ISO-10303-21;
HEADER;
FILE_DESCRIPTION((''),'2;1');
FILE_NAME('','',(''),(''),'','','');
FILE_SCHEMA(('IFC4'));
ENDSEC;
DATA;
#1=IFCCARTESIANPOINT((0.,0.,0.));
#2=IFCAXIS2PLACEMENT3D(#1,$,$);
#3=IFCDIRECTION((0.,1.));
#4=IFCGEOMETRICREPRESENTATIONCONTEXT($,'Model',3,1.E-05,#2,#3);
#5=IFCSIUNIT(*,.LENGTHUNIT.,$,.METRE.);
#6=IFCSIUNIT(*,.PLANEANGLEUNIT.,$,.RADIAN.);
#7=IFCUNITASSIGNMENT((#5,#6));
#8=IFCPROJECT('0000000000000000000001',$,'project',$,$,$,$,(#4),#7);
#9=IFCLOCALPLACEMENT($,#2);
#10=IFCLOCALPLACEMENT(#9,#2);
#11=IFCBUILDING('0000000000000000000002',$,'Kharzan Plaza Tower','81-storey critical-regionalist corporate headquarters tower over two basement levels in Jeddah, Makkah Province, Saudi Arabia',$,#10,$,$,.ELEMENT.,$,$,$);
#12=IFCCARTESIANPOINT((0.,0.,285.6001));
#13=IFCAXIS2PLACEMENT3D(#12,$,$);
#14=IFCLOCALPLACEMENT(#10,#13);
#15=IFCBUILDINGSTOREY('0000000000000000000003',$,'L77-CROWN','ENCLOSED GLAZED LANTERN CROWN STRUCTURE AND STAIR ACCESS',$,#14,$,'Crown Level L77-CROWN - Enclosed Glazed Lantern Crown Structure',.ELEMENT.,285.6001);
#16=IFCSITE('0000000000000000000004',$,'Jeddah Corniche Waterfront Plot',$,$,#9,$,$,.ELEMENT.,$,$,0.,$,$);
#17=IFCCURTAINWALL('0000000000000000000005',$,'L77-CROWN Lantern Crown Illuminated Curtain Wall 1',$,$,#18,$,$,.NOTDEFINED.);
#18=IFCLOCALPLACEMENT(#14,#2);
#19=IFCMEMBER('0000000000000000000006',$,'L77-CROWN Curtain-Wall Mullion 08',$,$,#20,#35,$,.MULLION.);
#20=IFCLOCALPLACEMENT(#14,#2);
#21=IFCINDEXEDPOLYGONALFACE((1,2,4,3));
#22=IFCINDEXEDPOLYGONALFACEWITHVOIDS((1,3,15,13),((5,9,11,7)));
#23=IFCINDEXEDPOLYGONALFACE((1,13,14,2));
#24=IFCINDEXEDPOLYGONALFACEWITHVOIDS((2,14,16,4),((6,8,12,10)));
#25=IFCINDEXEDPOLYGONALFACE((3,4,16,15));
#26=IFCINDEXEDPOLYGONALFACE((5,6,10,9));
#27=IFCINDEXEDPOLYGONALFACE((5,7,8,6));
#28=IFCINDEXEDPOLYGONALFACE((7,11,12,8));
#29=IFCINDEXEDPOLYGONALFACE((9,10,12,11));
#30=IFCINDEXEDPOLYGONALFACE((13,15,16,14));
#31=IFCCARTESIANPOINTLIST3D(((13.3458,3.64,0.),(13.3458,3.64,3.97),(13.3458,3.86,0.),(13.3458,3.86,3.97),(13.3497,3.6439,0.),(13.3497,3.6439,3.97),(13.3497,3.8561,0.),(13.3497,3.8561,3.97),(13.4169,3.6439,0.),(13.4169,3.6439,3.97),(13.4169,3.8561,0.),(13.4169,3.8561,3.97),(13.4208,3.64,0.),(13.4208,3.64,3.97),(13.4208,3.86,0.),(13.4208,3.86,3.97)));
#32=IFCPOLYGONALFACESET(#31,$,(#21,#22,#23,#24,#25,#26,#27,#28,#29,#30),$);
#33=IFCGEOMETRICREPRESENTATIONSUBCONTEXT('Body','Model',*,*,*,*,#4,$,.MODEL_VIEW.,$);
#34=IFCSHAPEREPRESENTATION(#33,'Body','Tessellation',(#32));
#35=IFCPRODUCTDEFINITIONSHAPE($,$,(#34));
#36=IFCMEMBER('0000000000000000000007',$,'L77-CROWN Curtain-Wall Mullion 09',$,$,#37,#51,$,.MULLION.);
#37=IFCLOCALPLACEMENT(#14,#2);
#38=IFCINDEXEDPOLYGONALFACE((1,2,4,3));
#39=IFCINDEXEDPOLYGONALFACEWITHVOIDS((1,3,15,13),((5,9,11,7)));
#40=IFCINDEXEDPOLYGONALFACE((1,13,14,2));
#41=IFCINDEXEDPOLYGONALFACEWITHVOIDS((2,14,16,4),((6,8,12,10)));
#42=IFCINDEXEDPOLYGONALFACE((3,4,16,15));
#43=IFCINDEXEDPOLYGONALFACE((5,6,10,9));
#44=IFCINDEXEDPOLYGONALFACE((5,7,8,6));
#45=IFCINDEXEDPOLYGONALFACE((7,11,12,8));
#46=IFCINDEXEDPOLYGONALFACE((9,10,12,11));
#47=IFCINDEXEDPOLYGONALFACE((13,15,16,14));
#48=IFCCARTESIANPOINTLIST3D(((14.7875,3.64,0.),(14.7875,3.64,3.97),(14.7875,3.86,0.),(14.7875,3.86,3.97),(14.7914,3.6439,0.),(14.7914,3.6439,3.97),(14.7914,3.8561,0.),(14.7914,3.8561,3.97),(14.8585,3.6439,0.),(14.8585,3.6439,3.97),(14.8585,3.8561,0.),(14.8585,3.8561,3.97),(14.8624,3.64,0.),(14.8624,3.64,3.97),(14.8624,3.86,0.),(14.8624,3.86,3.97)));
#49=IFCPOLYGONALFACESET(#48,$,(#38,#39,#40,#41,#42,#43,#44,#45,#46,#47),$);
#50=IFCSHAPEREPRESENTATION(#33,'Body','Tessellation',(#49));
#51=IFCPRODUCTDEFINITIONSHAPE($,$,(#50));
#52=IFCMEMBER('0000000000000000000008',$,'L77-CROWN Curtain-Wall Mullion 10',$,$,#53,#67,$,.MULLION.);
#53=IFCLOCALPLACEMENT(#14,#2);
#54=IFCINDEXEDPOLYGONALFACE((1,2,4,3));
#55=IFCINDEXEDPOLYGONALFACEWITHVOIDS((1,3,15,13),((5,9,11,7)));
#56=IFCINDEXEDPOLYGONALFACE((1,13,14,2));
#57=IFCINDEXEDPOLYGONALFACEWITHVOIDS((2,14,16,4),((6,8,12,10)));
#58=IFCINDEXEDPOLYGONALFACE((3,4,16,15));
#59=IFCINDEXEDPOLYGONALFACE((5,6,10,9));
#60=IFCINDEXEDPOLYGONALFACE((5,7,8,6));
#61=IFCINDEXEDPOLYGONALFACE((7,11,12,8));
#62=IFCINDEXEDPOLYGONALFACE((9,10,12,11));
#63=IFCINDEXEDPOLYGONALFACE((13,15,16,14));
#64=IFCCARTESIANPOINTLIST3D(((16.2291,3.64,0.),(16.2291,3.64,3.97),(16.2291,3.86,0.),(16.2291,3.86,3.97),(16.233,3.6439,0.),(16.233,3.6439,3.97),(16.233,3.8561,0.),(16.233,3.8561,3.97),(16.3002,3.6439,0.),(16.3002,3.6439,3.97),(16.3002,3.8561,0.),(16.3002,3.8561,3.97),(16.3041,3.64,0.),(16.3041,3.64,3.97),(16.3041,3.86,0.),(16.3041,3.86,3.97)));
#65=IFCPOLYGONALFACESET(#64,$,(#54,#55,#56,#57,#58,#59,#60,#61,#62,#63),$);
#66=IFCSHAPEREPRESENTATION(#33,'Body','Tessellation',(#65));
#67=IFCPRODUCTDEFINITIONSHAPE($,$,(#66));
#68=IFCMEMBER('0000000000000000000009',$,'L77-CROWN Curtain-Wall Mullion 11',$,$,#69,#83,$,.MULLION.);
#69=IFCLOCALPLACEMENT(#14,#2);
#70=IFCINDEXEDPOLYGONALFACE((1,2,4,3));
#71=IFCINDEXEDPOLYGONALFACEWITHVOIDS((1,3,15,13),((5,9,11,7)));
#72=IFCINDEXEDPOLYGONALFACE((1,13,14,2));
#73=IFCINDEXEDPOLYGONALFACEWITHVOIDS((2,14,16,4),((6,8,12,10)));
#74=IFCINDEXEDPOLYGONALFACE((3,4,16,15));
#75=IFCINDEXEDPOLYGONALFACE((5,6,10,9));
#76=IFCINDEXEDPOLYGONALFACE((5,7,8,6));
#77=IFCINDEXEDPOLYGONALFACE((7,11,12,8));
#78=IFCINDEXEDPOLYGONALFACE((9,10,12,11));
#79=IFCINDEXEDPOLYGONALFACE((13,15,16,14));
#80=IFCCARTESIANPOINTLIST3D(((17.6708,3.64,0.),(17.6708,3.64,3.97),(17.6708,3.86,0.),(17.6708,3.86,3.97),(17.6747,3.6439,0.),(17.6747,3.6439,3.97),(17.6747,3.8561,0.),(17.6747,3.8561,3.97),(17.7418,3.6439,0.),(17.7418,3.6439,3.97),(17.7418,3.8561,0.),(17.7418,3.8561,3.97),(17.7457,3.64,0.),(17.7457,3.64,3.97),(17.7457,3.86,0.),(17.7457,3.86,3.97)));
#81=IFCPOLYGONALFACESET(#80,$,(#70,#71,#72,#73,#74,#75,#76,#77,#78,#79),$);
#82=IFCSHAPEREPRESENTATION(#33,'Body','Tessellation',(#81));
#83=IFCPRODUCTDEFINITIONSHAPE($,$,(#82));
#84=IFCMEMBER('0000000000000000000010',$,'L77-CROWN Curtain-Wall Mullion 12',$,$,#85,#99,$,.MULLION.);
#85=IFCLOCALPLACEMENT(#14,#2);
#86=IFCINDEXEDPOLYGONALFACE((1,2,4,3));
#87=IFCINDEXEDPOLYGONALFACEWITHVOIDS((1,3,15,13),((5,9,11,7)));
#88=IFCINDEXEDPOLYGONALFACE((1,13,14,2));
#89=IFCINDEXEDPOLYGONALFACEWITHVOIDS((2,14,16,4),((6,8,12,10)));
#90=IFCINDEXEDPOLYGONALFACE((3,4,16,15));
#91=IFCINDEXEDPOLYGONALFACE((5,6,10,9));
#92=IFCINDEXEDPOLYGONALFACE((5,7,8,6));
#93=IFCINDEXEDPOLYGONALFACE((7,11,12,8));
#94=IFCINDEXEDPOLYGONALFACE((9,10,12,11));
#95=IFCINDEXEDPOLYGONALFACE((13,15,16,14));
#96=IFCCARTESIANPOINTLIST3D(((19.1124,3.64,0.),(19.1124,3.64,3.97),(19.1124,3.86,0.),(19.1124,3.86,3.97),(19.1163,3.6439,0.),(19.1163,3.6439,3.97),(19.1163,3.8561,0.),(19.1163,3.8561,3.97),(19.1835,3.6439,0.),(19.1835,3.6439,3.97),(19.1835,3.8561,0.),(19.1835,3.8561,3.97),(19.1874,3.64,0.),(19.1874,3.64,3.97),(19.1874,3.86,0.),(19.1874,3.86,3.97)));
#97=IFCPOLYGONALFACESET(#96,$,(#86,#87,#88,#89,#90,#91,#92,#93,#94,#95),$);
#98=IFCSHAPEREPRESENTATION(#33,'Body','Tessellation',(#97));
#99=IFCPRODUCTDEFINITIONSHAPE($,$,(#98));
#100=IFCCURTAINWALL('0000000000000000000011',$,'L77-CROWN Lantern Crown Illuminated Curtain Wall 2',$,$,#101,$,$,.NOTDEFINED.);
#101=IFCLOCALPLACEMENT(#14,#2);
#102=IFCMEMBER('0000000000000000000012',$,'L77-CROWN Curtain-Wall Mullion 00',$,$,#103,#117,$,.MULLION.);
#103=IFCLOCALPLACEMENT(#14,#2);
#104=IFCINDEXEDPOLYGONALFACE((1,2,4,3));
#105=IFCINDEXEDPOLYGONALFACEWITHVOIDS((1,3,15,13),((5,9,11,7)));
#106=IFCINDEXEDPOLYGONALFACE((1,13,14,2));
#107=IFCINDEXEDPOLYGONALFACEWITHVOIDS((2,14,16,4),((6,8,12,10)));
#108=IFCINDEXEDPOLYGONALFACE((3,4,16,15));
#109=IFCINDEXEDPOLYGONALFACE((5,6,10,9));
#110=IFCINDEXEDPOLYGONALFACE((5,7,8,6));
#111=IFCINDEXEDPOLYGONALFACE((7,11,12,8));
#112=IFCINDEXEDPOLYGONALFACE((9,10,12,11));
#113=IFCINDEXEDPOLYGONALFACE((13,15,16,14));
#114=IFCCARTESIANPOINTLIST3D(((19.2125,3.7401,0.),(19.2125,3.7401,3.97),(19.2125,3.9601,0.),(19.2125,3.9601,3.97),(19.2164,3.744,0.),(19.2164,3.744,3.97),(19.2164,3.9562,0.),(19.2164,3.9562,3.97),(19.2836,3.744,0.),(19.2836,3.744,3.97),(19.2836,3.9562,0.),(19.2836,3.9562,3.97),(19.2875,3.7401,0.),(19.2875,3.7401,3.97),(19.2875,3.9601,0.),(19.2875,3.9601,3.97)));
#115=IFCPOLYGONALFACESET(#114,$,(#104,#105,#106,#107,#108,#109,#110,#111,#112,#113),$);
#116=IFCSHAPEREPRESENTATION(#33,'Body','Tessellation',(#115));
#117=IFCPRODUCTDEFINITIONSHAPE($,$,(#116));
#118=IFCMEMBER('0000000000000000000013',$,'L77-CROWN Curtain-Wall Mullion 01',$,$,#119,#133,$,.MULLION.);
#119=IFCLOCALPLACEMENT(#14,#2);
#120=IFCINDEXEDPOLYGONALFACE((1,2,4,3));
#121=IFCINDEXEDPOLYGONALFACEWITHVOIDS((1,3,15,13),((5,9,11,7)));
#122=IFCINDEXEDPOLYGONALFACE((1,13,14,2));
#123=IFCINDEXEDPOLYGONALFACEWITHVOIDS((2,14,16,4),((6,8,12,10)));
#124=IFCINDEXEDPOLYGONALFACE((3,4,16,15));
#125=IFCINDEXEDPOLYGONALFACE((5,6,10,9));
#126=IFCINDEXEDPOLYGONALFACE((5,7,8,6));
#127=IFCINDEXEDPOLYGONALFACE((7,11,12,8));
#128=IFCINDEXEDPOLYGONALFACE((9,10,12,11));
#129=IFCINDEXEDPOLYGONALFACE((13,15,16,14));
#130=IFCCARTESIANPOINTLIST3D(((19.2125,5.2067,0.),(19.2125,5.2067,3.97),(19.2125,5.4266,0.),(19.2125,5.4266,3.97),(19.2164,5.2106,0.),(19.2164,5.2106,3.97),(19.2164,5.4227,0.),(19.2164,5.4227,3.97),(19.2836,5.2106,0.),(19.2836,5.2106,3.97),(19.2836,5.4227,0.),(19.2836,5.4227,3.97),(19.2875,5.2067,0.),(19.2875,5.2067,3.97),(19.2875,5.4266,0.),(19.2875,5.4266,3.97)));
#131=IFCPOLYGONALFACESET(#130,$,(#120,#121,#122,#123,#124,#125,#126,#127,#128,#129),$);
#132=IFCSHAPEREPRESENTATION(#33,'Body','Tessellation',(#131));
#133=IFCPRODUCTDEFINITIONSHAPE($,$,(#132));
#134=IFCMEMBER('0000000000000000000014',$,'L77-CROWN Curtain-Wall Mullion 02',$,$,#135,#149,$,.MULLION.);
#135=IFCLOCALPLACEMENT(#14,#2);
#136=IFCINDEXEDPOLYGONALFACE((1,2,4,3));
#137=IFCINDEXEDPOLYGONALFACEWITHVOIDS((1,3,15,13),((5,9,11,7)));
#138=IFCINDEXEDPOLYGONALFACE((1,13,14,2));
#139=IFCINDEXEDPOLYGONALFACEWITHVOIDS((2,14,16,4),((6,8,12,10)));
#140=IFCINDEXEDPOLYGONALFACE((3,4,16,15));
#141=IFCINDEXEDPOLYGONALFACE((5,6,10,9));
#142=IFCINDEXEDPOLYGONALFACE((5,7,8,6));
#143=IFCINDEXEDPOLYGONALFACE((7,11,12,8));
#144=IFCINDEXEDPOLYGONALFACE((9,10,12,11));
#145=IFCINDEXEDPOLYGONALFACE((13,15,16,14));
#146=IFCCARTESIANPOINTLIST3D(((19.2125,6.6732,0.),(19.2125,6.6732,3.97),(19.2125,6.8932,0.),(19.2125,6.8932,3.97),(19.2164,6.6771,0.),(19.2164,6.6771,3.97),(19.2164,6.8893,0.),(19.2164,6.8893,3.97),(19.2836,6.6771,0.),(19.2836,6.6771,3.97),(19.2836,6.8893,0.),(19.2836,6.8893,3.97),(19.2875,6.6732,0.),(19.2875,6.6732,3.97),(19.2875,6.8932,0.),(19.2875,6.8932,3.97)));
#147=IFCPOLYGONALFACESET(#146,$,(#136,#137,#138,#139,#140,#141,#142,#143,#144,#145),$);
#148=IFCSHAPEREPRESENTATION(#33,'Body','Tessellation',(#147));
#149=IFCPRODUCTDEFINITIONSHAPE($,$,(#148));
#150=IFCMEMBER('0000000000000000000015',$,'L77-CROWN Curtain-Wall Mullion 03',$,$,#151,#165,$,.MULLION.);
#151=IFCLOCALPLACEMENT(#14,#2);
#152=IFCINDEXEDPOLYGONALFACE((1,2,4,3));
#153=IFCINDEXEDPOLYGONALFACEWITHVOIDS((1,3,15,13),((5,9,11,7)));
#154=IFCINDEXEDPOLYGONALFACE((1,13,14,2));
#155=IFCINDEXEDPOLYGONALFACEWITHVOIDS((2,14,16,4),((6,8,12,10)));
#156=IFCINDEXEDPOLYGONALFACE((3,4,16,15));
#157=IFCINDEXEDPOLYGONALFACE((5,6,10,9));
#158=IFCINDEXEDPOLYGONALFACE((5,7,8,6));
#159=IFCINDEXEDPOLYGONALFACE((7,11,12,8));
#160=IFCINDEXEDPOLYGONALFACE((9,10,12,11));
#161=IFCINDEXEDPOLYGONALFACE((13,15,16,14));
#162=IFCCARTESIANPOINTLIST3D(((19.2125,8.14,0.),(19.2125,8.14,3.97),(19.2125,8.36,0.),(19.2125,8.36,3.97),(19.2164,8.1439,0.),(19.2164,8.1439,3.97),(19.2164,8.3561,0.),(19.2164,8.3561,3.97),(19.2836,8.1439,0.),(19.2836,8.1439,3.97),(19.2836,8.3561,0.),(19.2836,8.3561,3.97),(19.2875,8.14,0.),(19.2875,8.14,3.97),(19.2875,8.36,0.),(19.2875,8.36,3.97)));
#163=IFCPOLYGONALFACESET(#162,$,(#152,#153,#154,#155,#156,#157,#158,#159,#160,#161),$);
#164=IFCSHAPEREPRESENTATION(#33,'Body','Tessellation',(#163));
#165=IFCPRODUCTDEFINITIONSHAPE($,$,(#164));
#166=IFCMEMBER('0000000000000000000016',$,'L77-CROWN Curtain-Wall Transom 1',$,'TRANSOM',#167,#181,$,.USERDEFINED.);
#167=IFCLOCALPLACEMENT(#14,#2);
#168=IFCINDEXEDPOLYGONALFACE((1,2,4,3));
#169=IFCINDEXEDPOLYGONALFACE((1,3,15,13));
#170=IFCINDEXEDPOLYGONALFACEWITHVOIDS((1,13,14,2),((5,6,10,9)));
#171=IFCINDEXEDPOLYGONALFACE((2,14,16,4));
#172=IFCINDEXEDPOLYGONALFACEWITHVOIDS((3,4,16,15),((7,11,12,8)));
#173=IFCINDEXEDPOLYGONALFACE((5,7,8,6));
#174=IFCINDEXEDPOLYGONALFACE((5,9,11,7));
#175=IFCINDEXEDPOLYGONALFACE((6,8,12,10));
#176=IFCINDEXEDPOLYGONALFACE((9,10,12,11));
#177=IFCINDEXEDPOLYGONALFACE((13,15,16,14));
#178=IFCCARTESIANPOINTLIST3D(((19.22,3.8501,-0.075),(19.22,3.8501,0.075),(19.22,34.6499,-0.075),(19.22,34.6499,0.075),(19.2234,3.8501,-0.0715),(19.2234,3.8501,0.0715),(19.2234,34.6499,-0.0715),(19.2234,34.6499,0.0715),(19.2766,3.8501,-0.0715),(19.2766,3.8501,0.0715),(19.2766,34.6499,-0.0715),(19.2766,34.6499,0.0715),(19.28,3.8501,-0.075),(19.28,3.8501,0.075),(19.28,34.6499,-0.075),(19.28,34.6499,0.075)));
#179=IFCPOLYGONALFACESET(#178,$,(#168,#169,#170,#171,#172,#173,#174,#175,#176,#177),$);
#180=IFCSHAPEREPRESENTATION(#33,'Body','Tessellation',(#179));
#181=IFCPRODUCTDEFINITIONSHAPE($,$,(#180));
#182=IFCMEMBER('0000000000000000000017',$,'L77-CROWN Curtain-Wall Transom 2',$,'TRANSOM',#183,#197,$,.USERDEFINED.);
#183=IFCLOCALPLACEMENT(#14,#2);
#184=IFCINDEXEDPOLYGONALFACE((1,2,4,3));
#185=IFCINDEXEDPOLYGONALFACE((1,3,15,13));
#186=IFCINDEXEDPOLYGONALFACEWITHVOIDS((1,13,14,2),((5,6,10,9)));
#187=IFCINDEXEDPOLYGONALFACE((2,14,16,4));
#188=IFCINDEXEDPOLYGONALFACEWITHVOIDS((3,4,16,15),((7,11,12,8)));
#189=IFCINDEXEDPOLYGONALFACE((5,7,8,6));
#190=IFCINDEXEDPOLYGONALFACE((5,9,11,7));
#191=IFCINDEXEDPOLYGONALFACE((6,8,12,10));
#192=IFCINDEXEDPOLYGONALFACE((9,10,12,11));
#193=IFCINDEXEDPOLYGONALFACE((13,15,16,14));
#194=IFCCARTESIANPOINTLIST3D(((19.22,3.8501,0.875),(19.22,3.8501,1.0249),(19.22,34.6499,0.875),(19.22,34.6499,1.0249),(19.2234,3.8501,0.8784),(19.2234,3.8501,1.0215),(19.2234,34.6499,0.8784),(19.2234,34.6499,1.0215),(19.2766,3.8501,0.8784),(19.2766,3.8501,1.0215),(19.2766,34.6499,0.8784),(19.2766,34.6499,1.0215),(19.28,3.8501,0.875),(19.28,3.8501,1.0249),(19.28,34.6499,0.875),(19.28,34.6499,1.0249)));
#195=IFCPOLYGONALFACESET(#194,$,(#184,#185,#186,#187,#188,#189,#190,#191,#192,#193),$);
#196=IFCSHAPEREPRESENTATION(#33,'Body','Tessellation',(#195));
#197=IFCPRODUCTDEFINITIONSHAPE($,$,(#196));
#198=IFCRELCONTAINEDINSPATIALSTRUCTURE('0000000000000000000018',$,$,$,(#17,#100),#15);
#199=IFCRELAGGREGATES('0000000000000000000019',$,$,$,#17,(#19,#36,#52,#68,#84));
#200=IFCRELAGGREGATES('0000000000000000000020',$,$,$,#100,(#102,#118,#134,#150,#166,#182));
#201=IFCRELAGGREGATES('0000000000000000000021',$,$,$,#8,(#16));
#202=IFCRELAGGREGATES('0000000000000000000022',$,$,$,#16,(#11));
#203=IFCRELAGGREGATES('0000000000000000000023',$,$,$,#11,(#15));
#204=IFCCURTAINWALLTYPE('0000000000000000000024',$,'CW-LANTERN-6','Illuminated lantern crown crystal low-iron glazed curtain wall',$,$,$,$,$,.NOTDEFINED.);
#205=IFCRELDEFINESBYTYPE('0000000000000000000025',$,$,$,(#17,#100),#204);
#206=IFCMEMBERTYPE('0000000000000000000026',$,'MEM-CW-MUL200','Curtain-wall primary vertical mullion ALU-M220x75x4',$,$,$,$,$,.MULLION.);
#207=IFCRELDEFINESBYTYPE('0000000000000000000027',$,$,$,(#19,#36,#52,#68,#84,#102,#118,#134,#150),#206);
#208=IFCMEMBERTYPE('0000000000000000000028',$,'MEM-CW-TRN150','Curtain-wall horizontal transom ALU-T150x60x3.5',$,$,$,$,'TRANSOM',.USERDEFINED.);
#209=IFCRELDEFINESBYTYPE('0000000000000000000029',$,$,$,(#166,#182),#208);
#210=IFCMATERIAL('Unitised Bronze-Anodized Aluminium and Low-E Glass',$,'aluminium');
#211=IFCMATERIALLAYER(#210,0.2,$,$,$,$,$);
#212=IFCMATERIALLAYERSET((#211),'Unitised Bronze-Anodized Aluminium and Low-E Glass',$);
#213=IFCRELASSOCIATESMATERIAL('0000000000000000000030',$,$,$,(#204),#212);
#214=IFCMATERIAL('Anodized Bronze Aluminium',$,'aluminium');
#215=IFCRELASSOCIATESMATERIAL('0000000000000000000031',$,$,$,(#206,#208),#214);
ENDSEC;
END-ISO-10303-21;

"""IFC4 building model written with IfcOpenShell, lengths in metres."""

from ifc_helpers import new_model, si_unit, direction, frame, origin, origin_2d, place, context, subcontext, project, spatial, hollow_rectangle, extrude, source, transform, mapped, material, layer, layer_set, material_profile, profile_set, type_object, element, aggregate, save


model = new_model("IFC4")

# Units and contexts
model_context = context("Model", 3, precision=1e-05, world=origin(), true_north=direction((0.0, 1.0)))
body_context = subcontext(model_context, "Body", "Model", "MODEL_VIEW")
ifc_project = project(units=[si_unit("LENGTHUNIT", "METRE"), si_unit("PLANEANGLEUNIT", "RADIAN")], contexts=[model_context])

# Site, building, storey
site_placement = place(None, origin())
site = spatial("IfcSite", under=ifc_project, at=site_placement, Name="Jeddah Corniche Waterfront Plot", CompositionType="ELEMENT", RefElevation=0.0)
building_placement = place(site_placement, origin())
building = spatial("IfcBuilding", under=site, at=building_placement, Name="Kharzan Plaza Tower", Description="81-storey critical-regionalist corporate headquarters tower over two basement levels in Jeddah, Makkah Province, Saudi Arabia", CompositionType="ELEMENT")
storey_placement = place(building_placement, frame((0.0, 0.0, 285.6001)))
storey = spatial("IfcBuildingStorey", under=building, at=storey_placement, Name="L77-CROWN", Description="ENCLOSED GLAZED LANTERN CROWN STRUCTURE AND STAIR ACCESS", LongName="Crown Level L77-CROWN - Enclosed Glazed Lantern Crown Structure", CompositionType="ELEMENT", Elevation=285.6001)

# Curtain walls, members
ifc_material_1 = material(Name="Unitised Bronze-Anodized Aluminium and Low-E Glass", Category="aluminium")
ifc_layer_1 = layer(ifc_material_1, 0.2)
ifc_layer_set_1 = layer_set([ifc_layer_1], Name="Unitised Bronze-Anodized Aluminium and Low-E Glass")
curtain_wall_type = type_object("IfcCurtainWallType", Name="CW-LANTERN-6", Description="Illuminated lantern crown crystal low-iron glazed curtain wall", PredefinedType="NOTDEFINED", material=ifc_layer_set_1)
curtain_wall_1_placement = place(storey_placement, origin())
curtain_wall_1 = element("IfcCurtainWall", 1, at=curtain_wall_1_placement, inside=storey, type_object=curtain_wall_type, Name="L77-CROWN Lantern Crown Illuminated Curtain Wall 1", PredefinedType="NOTDEFINED")
ifc_material_2 = material(Name="Anodized Bronze Aluminium", Category="aluminium")
ifc_material_profile_1 = material_profile(ifc_material_2, hollow_rectangle(XDim=0.075, YDim=0.22, WallThickness=0.0039, at=origin_2d()), Name="ALU-M220x75x4")
ifc_profile_set_1 = profile_set([ifc_material_profile_1], Name="Anodized Bronze Aluminium")
member_type_1 = type_object("IfcMemberType", Name="MEM-CW-MUL200", Description="Curtain-wall primary vertical mullion ALU-M220x75x4", PredefinedType="MULLION", material=ifc_profile_set_1)
shared_shape_1 = source(origin(), body_context, "Body", "SweptSolid", [
    extrude(hollow_rectangle(XDim=0.075, YDim=0.22, WallThickness=0.0039, at=origin_2d()), origin(), (0.0, 0.0, 1.0), 3.97),
])
member_1_placement = place(storey_placement, frame((13.3833, 3.75, 0.0), z_axis=(0.0, 0.0, 1.0), x_axis=(1.0, 0.0, 0.0)))
member_1 = element("IfcMember", 2, at=member_1_placement, type_object=member_type_1, Name="L77-CROWN Curtain-Wall Mullion 08", PredefinedType="MULLION", context=body_context, shape_type="MappedRepresentation", body=[
    mapped(shared_shape_1, transform((0.0, 0.0, 0.0), x_axis=(1.0, 0.0, 0.0), y_axis=(0.0, 1.0, 0.0), z_axis=(0.0, 0.0, 1.0))),
])
member_2_placement = place(storey_placement, frame((14.825, 3.75, 0.0), z_axis=(0.0, 0.0, 1.0), x_axis=(1.0, 0.0, 0.0)))
member_2 = element("IfcMember", 3, at=member_2_placement, type_object=member_type_1, Name="L77-CROWN Curtain-Wall Mullion 09", PredefinedType="MULLION", context=body_context, shape_type="MappedRepresentation", body=[
    mapped(shared_shape_1, transform((0.0, 0.0, 0.0), x_axis=(1.0, 0.0, 0.0), y_axis=(0.0, 1.0, 0.0), z_axis=(0.0, 0.0, 1.0))),
])
member_3_placement = place(storey_placement, frame((16.2666, 3.75, 0.0), z_axis=(0.0, 0.0, 1.0), x_axis=(1.0, 0.0, 0.0)))
member_3 = element("IfcMember", 4, at=member_3_placement, type_object=member_type_1, Name="L77-CROWN Curtain-Wall Mullion 10", PredefinedType="MULLION", context=body_context, shape_type="MappedRepresentation", body=[
    mapped(shared_shape_1, transform((0.0, 0.0, 0.0), x_axis=(1.0, 0.0, 0.0), y_axis=(0.0, 1.0, 0.0), z_axis=(0.0, 0.0, 1.0))),
])
member_4_placement = place(storey_placement, frame((17.7083, 3.75, 0.0), z_axis=(0.0, 0.0, 1.0), x_axis=(1.0, 0.0, 0.0)))
member_4 = element("IfcMember", 5, at=member_4_placement, type_object=member_type_1, Name="L77-CROWN Curtain-Wall Mullion 11", PredefinedType="MULLION", context=body_context, shape_type="MappedRepresentation", body=[
    mapped(shared_shape_1, transform((0.0, 0.0, 0.0), x_axis=(1.0, 0.0, 0.0), y_axis=(0.0, 1.0, 0.0), z_axis=(0.0, 0.0, 1.0))),
])
member_5_placement = place(storey_placement, frame((19.1499, 3.75, 0.0), z_axis=(0.0, 0.0, 1.0), x_axis=(1.0, 0.0, 0.0)))
member_5 = element("IfcMember", 6, at=member_5_placement, type_object=member_type_1, Name="L77-CROWN Curtain-Wall Mullion 12", PredefinedType="MULLION", context=body_context, shape_type="MappedRepresentation", body=[
    mapped(shared_shape_1, transform((0.0, 0.0, 0.0), x_axis=(1.0, 0.0, 0.0), y_axis=(0.0, 1.0, 0.0), z_axis=(0.0, 0.0, 1.0))),
])
curtain_wall_2_placement = place(storey_placement, origin())
curtain_wall_2 = element("IfcCurtainWall", 7, at=curtain_wall_2_placement, inside=storey, type_object=curtain_wall_type, Name="L77-CROWN Lantern Crown Illuminated Curtain Wall 2", PredefinedType="NOTDEFINED")
member_6_placement = place(storey_placement, frame((19.25, 3.8501, 0.0), z_axis=(0.0, 0.0, 1.0), x_axis=(1.0, 0.0, 0.0)))
member_6 = element("IfcMember", 8, at=member_6_placement, type_object=member_type_1, Name="L77-CROWN Curtain-Wall Mullion 00", PredefinedType="MULLION", context=body_context, shape_type="MappedRepresentation", body=[
    mapped(shared_shape_1, transform((0.0, 0.0, 0.0), x_axis=(1.0, 0.0, 0.0), y_axis=(0.0, 1.0, 0.0), z_axis=(0.0, 0.0, 1.0))),
])
member_7_placement = place(storey_placement, frame((19.25, 5.3167, 0.0), z_axis=(0.0, 0.0, 1.0), x_axis=(1.0, 0.0, 0.0)))
member_7 = element("IfcMember", 9, at=member_7_placement, type_object=member_type_1, Name="L77-CROWN Curtain-Wall Mullion 01", PredefinedType="MULLION", context=body_context, shape_type="MappedRepresentation", body=[
    mapped(shared_shape_1, transform((0.0, 0.0, 0.0), x_axis=(1.0, 0.0, 0.0), y_axis=(0.0, 1.0, 0.0), z_axis=(0.0, 0.0, 1.0))),
])
member_8_placement = place(storey_placement, frame((19.25, 6.7832, 0.0), z_axis=(0.0, 0.0, 1.0), x_axis=(1.0, 0.0, 0.0)))
member_8 = element("IfcMember", 10, at=member_8_placement, type_object=member_type_1, Name="L77-CROWN Curtain-Wall Mullion 02", PredefinedType="MULLION", context=body_context, shape_type="MappedRepresentation", body=[
    mapped(shared_shape_1, transform((0.0, 0.0, 0.0), x_axis=(1.0, 0.0, 0.0), y_axis=(0.0, 1.0, 0.0), z_axis=(0.0, 0.0, 1.0))),
])
member_9_placement = place(storey_placement, frame((19.25, 8.25, 0.0), z_axis=(0.0, 0.0, 1.0), x_axis=(1.0, 0.0, 0.0)))
member_9 = element("IfcMember", 11, at=member_9_placement, type_object=member_type_1, Name="L77-CROWN Curtain-Wall Mullion 03", PredefinedType="MULLION", context=body_context, shape_type="MappedRepresentation", body=[
    mapped(shared_shape_1, transform((0.0, 0.0, 0.0), x_axis=(1.0, 0.0, 0.0), y_axis=(0.0, 1.0, 0.0), z_axis=(0.0, 0.0, 1.0))),
])
ifc_material_profile_2 = material_profile(ifc_material_2, hollow_rectangle(XDim=0.0601, YDim=0.1499, WallThickness=0.0034, at=origin_2d()), Name="ALU-T150x60x3.5")
ifc_profile_set_2 = profile_set([ifc_material_profile_2], Name="Anodized Bronze Aluminium")
member_type_2 = type_object("IfcMemberType", Name="MEM-CW-TRN150", Description="Curtain-wall horizontal transom ALU-T150x60x3.5", ElementType="TRANSOM", PredefinedType="USERDEFINED", material=ifc_profile_set_2)
shared_shape_2 = source(origin(), body_context, "Body", "SweptSolid", [
    extrude(hollow_rectangle(XDim=0.0601, YDim=0.1499, WallThickness=0.0034, at=origin_2d()), origin(), (0.0, 0.0, 1.0), 30.7998),
])
member_10_placement = place(storey_placement, frame((19.25, 3.8501, 0.0), z_axis=(0.0, 1.0, 0.0), x_axis=(-1.0, 0.0, 0.0)))
member_10 = element("IfcMember", 12, at=member_10_placement, type_object=member_type_2, Name="L77-CROWN Curtain-Wall Transom 1", ObjectType="TRANSOM", PredefinedType="USERDEFINED", context=body_context, shape_type="MappedRepresentation", body=[
    mapped(shared_shape_2, transform((0.0, 0.0, 0.0), x_axis=(1.0, 0.0, 0.0), y_axis=(0.0, 1.0, 0.0), z_axis=(0.0, 0.0, 1.0))),
])
member_11_placement = place(storey_placement, frame((19.25, 3.8501, 0.95), z_axis=(0.0, 1.0, 0.0), x_axis=(-1.0, 0.0, 0.0)))
member_11 = element("IfcMember", 13, at=member_11_placement, type_object=member_type_2, Name="L77-CROWN Curtain-Wall Transom 2", ObjectType="TRANSOM", PredefinedType="USERDEFINED", context=body_context, shape_type="MappedRepresentation", body=[
    mapped(shared_shape_2, transform((0.0, 0.0, 0.0), x_axis=(1.0, 0.0, 0.0), y_axis=(0.0, 1.0, 0.0), z_axis=(0.0, 0.0, 1.0))),
])

aggregate(curtain_wall_1, [member_1, member_2, member_3, member_4, member_5])
aggregate(curtain_wall_2, [member_6, member_7, member_8, member_9, member_10, member_11])

save(model, "model.ifc")
